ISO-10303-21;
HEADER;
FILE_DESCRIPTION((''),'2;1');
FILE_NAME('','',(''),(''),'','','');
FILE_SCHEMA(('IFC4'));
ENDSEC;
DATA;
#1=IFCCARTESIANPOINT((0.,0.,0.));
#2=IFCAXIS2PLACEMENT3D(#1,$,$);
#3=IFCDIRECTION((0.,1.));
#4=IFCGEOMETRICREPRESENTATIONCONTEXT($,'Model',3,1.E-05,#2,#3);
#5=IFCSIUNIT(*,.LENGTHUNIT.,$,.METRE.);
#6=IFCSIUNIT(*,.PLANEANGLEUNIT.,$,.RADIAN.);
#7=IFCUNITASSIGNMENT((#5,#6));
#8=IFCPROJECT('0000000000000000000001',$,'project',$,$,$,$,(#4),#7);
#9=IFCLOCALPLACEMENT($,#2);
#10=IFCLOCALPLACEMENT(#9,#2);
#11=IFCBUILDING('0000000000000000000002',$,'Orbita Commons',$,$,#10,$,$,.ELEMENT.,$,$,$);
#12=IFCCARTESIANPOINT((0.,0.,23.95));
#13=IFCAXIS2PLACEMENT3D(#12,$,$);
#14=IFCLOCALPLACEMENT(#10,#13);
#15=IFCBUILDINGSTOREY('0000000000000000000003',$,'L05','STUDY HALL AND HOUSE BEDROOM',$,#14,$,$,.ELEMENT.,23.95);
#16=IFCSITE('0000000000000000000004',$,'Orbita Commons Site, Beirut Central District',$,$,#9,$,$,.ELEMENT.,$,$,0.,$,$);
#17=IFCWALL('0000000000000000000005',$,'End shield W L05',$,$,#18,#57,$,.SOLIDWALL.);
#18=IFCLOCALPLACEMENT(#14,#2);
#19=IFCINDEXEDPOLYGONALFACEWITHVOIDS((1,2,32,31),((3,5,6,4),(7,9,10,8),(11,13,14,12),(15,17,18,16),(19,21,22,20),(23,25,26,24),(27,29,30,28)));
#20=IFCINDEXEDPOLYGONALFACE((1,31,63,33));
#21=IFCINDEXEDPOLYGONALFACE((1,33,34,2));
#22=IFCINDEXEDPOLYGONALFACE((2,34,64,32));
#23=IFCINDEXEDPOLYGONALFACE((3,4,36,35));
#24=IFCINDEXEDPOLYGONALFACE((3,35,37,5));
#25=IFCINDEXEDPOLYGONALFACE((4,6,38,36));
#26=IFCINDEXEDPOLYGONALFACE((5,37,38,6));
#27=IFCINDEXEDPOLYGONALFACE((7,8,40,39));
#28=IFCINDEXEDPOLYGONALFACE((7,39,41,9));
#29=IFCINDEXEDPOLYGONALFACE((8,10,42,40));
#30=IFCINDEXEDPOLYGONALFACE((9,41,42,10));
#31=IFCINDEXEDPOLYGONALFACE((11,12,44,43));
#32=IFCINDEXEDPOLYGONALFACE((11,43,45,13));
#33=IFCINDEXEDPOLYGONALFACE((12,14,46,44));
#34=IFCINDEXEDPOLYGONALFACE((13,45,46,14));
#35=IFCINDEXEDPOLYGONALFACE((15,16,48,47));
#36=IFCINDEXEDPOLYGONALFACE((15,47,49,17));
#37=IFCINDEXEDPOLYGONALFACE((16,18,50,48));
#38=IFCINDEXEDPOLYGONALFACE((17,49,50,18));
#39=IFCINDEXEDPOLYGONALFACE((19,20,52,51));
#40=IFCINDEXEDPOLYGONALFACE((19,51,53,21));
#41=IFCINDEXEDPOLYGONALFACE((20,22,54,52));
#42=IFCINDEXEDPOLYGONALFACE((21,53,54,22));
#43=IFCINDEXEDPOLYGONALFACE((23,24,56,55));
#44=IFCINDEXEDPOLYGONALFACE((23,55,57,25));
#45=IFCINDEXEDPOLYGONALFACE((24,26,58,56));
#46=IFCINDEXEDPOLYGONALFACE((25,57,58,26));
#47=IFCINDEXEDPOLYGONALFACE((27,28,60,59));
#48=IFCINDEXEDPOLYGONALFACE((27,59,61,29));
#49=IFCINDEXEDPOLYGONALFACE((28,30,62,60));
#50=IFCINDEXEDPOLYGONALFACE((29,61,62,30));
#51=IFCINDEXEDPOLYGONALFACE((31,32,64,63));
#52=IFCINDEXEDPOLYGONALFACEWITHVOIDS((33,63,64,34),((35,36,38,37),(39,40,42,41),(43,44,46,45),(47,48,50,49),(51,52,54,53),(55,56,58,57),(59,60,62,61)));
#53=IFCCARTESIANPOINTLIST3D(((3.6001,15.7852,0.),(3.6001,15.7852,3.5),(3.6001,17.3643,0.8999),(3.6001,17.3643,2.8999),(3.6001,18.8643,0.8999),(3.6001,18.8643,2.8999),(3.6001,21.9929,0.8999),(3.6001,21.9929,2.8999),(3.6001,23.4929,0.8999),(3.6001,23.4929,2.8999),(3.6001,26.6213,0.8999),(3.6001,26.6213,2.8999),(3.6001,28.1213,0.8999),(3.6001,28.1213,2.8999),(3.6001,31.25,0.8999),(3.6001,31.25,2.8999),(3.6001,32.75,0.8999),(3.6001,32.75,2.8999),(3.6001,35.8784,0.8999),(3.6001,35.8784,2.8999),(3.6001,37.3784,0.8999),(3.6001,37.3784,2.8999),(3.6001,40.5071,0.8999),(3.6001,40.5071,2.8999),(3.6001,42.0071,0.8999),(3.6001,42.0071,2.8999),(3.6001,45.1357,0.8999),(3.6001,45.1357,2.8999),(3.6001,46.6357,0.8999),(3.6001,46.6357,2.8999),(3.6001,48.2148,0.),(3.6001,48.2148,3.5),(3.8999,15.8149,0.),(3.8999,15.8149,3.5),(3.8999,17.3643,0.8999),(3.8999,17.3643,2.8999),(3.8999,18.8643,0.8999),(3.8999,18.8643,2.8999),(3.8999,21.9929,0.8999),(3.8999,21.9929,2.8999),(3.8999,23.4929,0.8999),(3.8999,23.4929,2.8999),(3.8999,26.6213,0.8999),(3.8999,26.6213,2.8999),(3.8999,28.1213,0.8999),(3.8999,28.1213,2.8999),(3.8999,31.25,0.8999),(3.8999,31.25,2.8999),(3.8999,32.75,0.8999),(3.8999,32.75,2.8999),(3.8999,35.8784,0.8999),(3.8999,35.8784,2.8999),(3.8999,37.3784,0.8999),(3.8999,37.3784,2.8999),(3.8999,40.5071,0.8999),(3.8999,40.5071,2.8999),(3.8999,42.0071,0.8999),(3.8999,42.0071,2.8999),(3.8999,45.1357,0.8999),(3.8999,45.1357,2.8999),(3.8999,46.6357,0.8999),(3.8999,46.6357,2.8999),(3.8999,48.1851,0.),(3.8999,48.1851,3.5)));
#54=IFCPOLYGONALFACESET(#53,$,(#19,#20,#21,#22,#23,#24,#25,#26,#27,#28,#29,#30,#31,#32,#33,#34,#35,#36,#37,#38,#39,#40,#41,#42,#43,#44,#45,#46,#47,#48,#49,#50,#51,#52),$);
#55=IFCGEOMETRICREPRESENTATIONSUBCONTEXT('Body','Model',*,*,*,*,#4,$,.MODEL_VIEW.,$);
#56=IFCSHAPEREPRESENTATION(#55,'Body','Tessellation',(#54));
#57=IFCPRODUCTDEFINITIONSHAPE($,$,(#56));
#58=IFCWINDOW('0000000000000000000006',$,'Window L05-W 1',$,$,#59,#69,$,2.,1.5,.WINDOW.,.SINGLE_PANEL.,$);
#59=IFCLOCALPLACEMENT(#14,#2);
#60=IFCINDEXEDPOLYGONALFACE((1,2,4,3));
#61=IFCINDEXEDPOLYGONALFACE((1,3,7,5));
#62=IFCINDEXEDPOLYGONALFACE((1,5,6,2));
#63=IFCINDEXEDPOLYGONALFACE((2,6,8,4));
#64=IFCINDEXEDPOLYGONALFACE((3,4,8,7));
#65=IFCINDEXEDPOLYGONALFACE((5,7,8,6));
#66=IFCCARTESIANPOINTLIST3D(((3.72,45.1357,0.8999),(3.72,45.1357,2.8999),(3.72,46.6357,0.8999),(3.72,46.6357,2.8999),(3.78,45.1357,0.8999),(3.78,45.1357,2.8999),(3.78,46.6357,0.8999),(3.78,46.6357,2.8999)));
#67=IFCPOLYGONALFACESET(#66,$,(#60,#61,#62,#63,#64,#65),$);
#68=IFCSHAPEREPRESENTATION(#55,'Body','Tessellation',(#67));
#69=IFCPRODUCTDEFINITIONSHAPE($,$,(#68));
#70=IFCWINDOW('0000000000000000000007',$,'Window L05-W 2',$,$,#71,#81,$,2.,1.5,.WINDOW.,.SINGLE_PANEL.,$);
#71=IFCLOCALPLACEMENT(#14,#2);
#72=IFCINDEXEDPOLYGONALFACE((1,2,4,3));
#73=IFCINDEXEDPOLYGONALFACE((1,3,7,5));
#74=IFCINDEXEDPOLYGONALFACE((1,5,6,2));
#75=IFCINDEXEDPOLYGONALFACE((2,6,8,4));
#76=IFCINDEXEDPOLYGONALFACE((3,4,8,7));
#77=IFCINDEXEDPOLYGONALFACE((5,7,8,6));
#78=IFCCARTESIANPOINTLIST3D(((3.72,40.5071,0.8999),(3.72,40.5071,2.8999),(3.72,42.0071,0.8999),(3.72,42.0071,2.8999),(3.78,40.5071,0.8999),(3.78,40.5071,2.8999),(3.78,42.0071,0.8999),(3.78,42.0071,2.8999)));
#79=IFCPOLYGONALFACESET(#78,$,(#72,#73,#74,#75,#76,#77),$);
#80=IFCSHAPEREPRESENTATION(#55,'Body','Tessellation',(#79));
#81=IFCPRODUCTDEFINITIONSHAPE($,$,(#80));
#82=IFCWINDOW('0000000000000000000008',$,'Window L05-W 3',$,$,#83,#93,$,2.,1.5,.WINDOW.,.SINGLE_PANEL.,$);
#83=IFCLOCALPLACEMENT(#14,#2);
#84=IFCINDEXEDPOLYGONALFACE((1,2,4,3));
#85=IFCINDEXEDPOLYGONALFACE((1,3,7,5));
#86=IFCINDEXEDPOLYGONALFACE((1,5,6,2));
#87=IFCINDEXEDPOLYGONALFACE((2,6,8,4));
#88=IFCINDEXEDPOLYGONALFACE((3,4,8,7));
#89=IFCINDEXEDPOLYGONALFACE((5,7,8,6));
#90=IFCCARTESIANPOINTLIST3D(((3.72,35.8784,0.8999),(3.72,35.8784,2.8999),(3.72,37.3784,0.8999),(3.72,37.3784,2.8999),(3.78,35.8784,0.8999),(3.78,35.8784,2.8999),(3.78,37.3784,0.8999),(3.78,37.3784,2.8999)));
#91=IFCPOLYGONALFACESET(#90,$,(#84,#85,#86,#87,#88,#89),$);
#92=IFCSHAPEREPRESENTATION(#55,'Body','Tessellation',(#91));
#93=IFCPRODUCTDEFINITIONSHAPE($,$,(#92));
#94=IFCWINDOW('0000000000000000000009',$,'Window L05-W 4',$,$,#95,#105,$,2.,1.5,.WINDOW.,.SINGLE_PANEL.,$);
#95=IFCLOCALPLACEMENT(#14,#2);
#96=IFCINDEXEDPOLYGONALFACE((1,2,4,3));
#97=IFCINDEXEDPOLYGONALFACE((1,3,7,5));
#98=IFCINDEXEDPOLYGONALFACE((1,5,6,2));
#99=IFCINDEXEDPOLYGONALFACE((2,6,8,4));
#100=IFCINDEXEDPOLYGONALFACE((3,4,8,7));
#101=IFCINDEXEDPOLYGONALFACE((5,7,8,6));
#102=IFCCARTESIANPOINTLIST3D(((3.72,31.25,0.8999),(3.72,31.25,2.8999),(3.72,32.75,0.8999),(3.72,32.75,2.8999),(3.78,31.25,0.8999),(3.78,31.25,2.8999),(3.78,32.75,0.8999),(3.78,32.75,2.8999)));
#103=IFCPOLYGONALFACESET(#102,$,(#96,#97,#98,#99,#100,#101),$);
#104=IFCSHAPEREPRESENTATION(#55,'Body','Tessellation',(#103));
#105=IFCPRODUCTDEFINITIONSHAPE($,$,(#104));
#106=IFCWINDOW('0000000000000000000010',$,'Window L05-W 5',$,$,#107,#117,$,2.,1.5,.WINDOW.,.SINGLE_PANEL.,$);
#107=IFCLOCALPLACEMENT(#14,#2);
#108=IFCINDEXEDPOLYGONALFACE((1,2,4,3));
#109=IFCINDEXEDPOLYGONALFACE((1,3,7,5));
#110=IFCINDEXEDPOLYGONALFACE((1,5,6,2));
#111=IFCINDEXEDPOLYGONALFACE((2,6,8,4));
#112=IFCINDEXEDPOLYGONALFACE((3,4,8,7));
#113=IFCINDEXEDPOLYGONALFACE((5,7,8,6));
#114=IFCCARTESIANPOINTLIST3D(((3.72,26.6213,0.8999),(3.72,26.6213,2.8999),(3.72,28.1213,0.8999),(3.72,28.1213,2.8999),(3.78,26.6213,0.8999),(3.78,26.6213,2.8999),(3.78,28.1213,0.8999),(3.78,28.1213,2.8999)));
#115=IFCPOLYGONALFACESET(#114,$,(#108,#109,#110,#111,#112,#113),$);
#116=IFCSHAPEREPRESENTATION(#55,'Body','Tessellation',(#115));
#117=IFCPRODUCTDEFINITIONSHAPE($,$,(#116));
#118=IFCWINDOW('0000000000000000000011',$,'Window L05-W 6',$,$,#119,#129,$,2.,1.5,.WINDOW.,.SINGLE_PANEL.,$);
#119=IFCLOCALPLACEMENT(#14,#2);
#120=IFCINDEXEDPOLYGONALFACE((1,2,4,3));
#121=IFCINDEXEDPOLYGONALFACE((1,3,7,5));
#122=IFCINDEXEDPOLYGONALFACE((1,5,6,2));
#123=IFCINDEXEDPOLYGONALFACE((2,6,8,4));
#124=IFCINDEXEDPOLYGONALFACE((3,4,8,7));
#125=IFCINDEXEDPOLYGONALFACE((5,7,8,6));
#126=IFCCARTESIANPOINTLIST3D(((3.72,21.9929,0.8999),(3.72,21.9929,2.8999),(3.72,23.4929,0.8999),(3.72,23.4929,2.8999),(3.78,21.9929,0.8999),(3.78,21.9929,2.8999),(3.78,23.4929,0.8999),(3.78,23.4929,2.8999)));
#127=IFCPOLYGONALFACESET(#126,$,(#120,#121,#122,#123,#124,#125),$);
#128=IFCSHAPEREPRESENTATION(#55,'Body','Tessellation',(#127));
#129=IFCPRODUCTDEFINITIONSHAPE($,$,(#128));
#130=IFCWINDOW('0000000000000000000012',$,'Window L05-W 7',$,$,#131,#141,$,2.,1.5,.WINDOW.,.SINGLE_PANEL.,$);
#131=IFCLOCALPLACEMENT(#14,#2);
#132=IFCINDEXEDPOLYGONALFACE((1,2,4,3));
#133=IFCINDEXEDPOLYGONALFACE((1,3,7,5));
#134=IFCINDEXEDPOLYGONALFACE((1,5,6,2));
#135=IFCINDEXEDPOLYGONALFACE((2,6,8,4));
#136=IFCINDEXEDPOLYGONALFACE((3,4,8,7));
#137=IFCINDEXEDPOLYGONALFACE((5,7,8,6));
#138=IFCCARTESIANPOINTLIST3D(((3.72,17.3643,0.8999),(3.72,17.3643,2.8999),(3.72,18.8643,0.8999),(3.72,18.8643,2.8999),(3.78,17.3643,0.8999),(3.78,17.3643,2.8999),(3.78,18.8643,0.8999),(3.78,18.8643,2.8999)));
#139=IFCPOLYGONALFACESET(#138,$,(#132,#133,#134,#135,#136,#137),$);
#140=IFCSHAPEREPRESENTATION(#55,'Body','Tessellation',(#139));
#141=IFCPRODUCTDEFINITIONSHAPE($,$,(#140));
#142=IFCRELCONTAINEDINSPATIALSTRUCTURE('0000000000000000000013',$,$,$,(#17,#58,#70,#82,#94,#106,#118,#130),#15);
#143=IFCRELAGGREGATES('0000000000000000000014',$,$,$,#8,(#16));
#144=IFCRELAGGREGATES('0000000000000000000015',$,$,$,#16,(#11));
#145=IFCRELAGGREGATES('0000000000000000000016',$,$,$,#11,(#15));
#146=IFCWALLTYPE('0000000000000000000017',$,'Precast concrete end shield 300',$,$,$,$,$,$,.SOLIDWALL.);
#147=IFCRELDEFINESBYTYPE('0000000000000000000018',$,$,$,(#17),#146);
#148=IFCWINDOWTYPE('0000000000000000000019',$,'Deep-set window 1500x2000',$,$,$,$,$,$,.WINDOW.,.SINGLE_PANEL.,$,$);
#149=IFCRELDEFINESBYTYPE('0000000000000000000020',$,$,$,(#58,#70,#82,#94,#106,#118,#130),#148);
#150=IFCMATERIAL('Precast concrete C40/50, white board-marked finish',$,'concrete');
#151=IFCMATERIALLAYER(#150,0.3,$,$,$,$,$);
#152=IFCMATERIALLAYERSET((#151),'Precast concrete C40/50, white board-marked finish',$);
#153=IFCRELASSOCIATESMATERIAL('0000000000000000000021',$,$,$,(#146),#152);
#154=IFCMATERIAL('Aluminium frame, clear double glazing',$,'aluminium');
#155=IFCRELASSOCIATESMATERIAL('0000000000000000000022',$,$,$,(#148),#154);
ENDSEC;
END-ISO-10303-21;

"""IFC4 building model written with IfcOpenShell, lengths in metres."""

from ifc_helpers import new_model, si_unit, direction, frame, frame_2d, origin, place, context, subcontext, project, spatial, polyline, rectangle, outline, extrude, material, layer, layer_set, type_object, element, fill, save


model = new_model("IFC4")

# Units and contexts
model_context = context("Model", 3, precision=1e-05, world=origin(), true_north=direction((0.0, 1.0)))
body_context = subcontext(model_context, "Body", "Model", "MODEL_VIEW")
ifc_project = project(units=[si_unit("LENGTHUNIT", "METRE"), si_unit("PLANEANGLEUNIT", "RADIAN")], contexts=[model_context])

# Site, building, storey
site_placement = place(None, origin())
site = spatial("IfcSite", under=ifc_project, at=site_placement, Name="Orbita Commons Site, Beirut Central District", CompositionType="ELEMENT", RefElevation=0.0)
building_placement = place(site_placement, origin())
building = spatial("IfcBuilding", under=site, at=building_placement, Name="Orbita Commons", CompositionType="ELEMENT")
storey_placement = place(building_placement, frame((0.0, 0.0, 23.95)))
storey = spatial("IfcBuildingStorey", under=building, at=storey_placement, Name="L05", Description="STUDY HALL AND HOUSE BEDROOM", CompositionType="ELEMENT", Elevation=23.95)

# Wall, openings, windows
ifc_material_1 = material(Name="Precast concrete C40/50, white board-marked finish", Category="concrete")
ifc_layer_1 = layer(ifc_material_1, 0.3)
ifc_layer_set_1 = layer_set([ifc_layer_1], Name="Precast concrete C40/50, white board-marked finish")
wall_type_1 = type_object("IfcWallType", Name="Precast concrete end shield 300", PredefinedType="SOLIDWALL", material=ifc_layer_set_1)
wall_1_placement = place(storey_placement, frame((3.75, 48.2, 0.0), z_axis=(0.0, 0.0, 1.0), x_axis=(0.0, -1.0, 0.0)))
wall_1 = element("IfcWall", 1, at=wall_1_placement, inside=storey, type_object=wall_type_1, Name="End shield W L05", PredefinedType="SOLIDWALL", context=body_context, shape_type="SweptSolid", body=[
    extrude(outline(polyline([(-0.0149, -0.1499), (32.4148, -0.1499), (32.385, 0.1499), (0.0149, 0.1499), (-0.0149, -0.1499)])), origin(), (0.0, 0.0, 1.0), 3.5),
])
opening_1_placement = place(wall_1_placement, frame((1.5642, 0.0, 0.8999)))
opening_1 = element("IfcOpeningElement", 2, at=opening_1_placement, cuts=wall_1, PredefinedType="OPENING", context=body_context, shape_type="SweptSolid", body=[
    extrude(rectangle(XDim=1.5, YDim=2.0, at=frame_2d((0.75, 1.0))), frame((0.0, 0.1599, 0.0), z_axis=(0.0, -1.0, 0.0), x_axis=(1.0, 0.0, 0.0)), (0.0, 0.0, 1.0), 0.3201),
])
opening_2_placement = place(wall_1_placement, frame((6.1929, 0.0, 0.8999)))
opening_2 = element("IfcOpeningElement", 3, at=opening_2_placement, cuts=wall_1, PredefinedType="OPENING", context=body_context, shape_type="SweptSolid", body=[
    extrude(rectangle(XDim=1.5, YDim=2.0, at=frame_2d((0.75, 1.0))), frame((0.0, 0.1599, 0.0), z_axis=(0.0, -1.0, 0.0), x_axis=(1.0, 0.0, 0.0)), (0.0, 0.0, 1.0), 0.3201),
])
opening_3_placement = place(wall_1_placement, frame((10.8215, 0.0, 0.8999)))
opening_3 = element("IfcOpeningElement", 4, at=opening_3_placement, cuts=wall_1, PredefinedType="OPENING", context=body_context, shape_type="SweptSolid", body=[
    extrude(rectangle(XDim=1.5, YDim=2.0, at=frame_2d((0.75, 1.0))), frame((0.0, 0.1599, 0.0), z_axis=(0.0, -1.0, 0.0), x_axis=(1.0, 0.0, 0.0)), (0.0, 0.0, 1.0), 0.3201),
])
opening_4_placement = place(wall_1_placement, frame((15.45, 0.0, 0.8999)))
opening_4 = element("IfcOpeningElement", 5, at=opening_4_placement, cuts=wall_1, PredefinedType="OPENING", context=body_context, shape_type="SweptSolid", body=[
    extrude(rectangle(XDim=1.5, YDim=2.0, at=frame_2d((0.75, 1.0))), frame((0.0, 0.1599, 0.0), z_axis=(0.0, -1.0, 0.0), x_axis=(1.0, 0.0, 0.0)), (0.0, 0.0, 1.0), 0.3201),
])
opening_5_placement = place(wall_1_placement, frame((20.0786, 0.0, 0.8999)))
opening_5 = element("IfcOpeningElement", 6, at=opening_5_placement, cuts=wall_1, PredefinedType="OPENING", context=body_context, shape_type="SweptSolid", body=[
    extrude(rectangle(XDim=1.5, YDim=2.0, at=frame_2d((0.75, 1.0))), frame((0.0, 0.1599, 0.0), z_axis=(0.0, -1.0, 0.0), x_axis=(1.0, 0.0, 0.0)), (0.0, 0.0, 1.0), 0.3201),
])
opening_6_placement = place(wall_1_placement, frame((24.707, 0.0, 0.8999)))
opening_6 = element("IfcOpeningElement", 7, at=opening_6_placement, cuts=wall_1, PredefinedType="OPENING", context=body_context, shape_type="SweptSolid", body=[
    extrude(rectangle(XDim=1.5, YDim=2.0, at=frame_2d((0.75, 1.0))), frame((0.0, 0.1599, 0.0), z_axis=(0.0, -1.0, 0.0), x_axis=(1.0, 0.0, 0.0)), (0.0, 0.0, 1.0), 0.3201),
])
opening_7_placement = place(wall_1_placement, frame((29.3357, 0.0, 0.8999)))
opening_7 = element("IfcOpeningElement", 8, at=opening_7_placement, cuts=wall_1, PredefinedType="OPENING", context=body_context, shape_type="SweptSolid", body=[
    extrude(rectangle(XDim=1.5, YDim=2.0, at=frame_2d((0.75, 1.0))), frame((0.0, 0.1599, 0.0), z_axis=(0.0, -1.0, 0.0), x_axis=(1.0, 0.0, 0.0)), (0.0, 0.0, 1.0), 0.3201),
])
ifc_material_2 = material(Name="Aluminium frame, clear double glazing", Category="aluminium")
window_type_1 = type_object("IfcWindowType", Name="Deep-set window 1500x2000", PartitioningType="SINGLE_PANEL", PredefinedType="WINDOW", material=ifc_material_2)
window_1_placement = place(opening_1_placement, origin())
window_1 = element("IfcWindow", 9, at=window_1_placement, inside=storey, type_object=window_type_1, Name="Window L05-W 1", OverallHeight=2.0, OverallWidth=1.5, PartitioningType="SINGLE_PANEL", PredefinedType="WINDOW", context=body_context, shape_type="SweptSolid", body=[
    extrude(rectangle(XDim=1.5, YDim=2.0, at=frame_2d((0.75, 1.0))), frame((0.0, 0.03, 0.0), z_axis=(0.0, -1.0, 0.0), x_axis=(1.0, 0.0, 0.0)), (0.0, 0.0, 1.0), 0.0601),
])
fill(opening_1, window_1)
window_2_placement = place(opening_2_placement, origin())
window_2 = element("IfcWindow", 10, at=window_2_placement, inside=storey, type_object=window_type_1, Name="Window L05-W 2", OverallHeight=2.0, OverallWidth=1.5, PartitioningType="SINGLE_PANEL", PredefinedType="WINDOW", context=body_context, shape_type="SweptSolid", body=[
    extrude(rectangle(XDim=1.5, YDim=2.0, at=frame_2d((0.75, 1.0))), frame((0.0, 0.03, 0.0), z_axis=(0.0, -1.0, 0.0), x_axis=(1.0, 0.0, 0.0)), (0.0, 0.0, 1.0), 0.0601),
])
fill(opening_2, window_2)
window_3_placement = place(opening_3_placement, origin())
window_3 = element("IfcWindow", 11, at=window_3_placement, inside=storey, type_object=window_type_1, Name="Window L05-W 3", OverallHeight=2.0, OverallWidth=1.5, PartitioningType="SINGLE_PANEL", PredefinedType="WINDOW", context=body_context, shape_type="SweptSolid", body=[
    extrude(rectangle(XDim=1.5, YDim=2.0, at=frame_2d((0.75, 1.0))), frame((0.0, 0.03, 0.0), z_axis=(0.0, -1.0, 0.0), x_axis=(1.0, 0.0, 0.0)), (0.0, 0.0, 1.0), 0.0601),
])
fill(opening_3, window_3)
window_4_placement = place(opening_4_placement, origin())
window_4 = element("IfcWindow", 12, at=window_4_placement, inside=storey, type_object=window_type_1, Name="Window L05-W 4", OverallHeight=2.0, OverallWidth=1.5, PartitioningType="SINGLE_PANEL", PredefinedType="WINDOW", context=body_context, shape_type="SweptSolid", body=[
    extrude(rectangle(XDim=1.5, YDim=2.0, at=frame_2d((0.75, 1.0))), frame((0.0, 0.03, 0.0), z_axis=(0.0, -1.0, 0.0), x_axis=(1.0, 0.0, 0.0)), (0.0, 0.0, 1.0), 0.0601),
])
fill(opening_4, window_4)
window_5_placement = place(opening_5_placement, origin())
window_5 = element("IfcWindow", 13, at=window_5_placement, inside=storey, type_object=window_type_1, Name="Window L05-W 5", OverallHeight=2.0, OverallWidth=1.5, PartitioningType="SINGLE_PANEL", PredefinedType="WINDOW", context=body_context, shape_type="SweptSolid", body=[
    extrude(rectangle(XDim=1.5, YDim=2.0, at=frame_2d((0.75, 1.0))), frame((0.0, 0.03, 0.0), z_axis=(0.0, -1.0, 0.0), x_axis=(1.0, 0.0, 0.0)), (0.0, 0.0, 1.0), 0.0601),
])
fill(opening_5, window_5)
window_6_placement = place(opening_6_placement, origin())
window_6 = element("IfcWindow", 14, at=window_6_placement, inside=storey, type_object=window_type_1, Name="Window L05-W 6", OverallHeight=2.0, OverallWidth=1.5, PartitioningType="SINGLE_PANEL", PredefinedType="WINDOW", context=body_context, shape_type="SweptSolid", body=[
    extrude(rectangle(XDim=1.5, YDim=2.0, at=frame_2d((0.75, 1.0))), frame((0.0, 0.03, 0.0), z_axis=(0.0, -1.0, 0.0), x_axis=(1.0, 0.0, 0.0)), (0.0, 0.0, 1.0), 0.0601),
])
fill(opening_6, window_6)
window_7_placement = place(opening_7_placement, origin())
window_7 = element("IfcWindow", 15, at=window_7_placement, inside=storey, type_object=window_type_1, Name="Window L05-W 7", OverallHeight=2.0, OverallWidth=1.5, PartitioningType="SINGLE_PANEL", PredefinedType="WINDOW", context=body_context, shape_type="SweptSolid", body=[
    extrude(rectangle(XDim=1.5, YDim=2.0, at=frame_2d((0.75, 1.0))), frame((0.0, 0.03, 0.0), z_axis=(0.0, -1.0, 0.0), x_axis=(1.0, 0.0, 0.0)), (0.0, 0.0, 1.0), 0.0601),
])
fill(opening_7, window_7)

save(model, "model.ifc")
